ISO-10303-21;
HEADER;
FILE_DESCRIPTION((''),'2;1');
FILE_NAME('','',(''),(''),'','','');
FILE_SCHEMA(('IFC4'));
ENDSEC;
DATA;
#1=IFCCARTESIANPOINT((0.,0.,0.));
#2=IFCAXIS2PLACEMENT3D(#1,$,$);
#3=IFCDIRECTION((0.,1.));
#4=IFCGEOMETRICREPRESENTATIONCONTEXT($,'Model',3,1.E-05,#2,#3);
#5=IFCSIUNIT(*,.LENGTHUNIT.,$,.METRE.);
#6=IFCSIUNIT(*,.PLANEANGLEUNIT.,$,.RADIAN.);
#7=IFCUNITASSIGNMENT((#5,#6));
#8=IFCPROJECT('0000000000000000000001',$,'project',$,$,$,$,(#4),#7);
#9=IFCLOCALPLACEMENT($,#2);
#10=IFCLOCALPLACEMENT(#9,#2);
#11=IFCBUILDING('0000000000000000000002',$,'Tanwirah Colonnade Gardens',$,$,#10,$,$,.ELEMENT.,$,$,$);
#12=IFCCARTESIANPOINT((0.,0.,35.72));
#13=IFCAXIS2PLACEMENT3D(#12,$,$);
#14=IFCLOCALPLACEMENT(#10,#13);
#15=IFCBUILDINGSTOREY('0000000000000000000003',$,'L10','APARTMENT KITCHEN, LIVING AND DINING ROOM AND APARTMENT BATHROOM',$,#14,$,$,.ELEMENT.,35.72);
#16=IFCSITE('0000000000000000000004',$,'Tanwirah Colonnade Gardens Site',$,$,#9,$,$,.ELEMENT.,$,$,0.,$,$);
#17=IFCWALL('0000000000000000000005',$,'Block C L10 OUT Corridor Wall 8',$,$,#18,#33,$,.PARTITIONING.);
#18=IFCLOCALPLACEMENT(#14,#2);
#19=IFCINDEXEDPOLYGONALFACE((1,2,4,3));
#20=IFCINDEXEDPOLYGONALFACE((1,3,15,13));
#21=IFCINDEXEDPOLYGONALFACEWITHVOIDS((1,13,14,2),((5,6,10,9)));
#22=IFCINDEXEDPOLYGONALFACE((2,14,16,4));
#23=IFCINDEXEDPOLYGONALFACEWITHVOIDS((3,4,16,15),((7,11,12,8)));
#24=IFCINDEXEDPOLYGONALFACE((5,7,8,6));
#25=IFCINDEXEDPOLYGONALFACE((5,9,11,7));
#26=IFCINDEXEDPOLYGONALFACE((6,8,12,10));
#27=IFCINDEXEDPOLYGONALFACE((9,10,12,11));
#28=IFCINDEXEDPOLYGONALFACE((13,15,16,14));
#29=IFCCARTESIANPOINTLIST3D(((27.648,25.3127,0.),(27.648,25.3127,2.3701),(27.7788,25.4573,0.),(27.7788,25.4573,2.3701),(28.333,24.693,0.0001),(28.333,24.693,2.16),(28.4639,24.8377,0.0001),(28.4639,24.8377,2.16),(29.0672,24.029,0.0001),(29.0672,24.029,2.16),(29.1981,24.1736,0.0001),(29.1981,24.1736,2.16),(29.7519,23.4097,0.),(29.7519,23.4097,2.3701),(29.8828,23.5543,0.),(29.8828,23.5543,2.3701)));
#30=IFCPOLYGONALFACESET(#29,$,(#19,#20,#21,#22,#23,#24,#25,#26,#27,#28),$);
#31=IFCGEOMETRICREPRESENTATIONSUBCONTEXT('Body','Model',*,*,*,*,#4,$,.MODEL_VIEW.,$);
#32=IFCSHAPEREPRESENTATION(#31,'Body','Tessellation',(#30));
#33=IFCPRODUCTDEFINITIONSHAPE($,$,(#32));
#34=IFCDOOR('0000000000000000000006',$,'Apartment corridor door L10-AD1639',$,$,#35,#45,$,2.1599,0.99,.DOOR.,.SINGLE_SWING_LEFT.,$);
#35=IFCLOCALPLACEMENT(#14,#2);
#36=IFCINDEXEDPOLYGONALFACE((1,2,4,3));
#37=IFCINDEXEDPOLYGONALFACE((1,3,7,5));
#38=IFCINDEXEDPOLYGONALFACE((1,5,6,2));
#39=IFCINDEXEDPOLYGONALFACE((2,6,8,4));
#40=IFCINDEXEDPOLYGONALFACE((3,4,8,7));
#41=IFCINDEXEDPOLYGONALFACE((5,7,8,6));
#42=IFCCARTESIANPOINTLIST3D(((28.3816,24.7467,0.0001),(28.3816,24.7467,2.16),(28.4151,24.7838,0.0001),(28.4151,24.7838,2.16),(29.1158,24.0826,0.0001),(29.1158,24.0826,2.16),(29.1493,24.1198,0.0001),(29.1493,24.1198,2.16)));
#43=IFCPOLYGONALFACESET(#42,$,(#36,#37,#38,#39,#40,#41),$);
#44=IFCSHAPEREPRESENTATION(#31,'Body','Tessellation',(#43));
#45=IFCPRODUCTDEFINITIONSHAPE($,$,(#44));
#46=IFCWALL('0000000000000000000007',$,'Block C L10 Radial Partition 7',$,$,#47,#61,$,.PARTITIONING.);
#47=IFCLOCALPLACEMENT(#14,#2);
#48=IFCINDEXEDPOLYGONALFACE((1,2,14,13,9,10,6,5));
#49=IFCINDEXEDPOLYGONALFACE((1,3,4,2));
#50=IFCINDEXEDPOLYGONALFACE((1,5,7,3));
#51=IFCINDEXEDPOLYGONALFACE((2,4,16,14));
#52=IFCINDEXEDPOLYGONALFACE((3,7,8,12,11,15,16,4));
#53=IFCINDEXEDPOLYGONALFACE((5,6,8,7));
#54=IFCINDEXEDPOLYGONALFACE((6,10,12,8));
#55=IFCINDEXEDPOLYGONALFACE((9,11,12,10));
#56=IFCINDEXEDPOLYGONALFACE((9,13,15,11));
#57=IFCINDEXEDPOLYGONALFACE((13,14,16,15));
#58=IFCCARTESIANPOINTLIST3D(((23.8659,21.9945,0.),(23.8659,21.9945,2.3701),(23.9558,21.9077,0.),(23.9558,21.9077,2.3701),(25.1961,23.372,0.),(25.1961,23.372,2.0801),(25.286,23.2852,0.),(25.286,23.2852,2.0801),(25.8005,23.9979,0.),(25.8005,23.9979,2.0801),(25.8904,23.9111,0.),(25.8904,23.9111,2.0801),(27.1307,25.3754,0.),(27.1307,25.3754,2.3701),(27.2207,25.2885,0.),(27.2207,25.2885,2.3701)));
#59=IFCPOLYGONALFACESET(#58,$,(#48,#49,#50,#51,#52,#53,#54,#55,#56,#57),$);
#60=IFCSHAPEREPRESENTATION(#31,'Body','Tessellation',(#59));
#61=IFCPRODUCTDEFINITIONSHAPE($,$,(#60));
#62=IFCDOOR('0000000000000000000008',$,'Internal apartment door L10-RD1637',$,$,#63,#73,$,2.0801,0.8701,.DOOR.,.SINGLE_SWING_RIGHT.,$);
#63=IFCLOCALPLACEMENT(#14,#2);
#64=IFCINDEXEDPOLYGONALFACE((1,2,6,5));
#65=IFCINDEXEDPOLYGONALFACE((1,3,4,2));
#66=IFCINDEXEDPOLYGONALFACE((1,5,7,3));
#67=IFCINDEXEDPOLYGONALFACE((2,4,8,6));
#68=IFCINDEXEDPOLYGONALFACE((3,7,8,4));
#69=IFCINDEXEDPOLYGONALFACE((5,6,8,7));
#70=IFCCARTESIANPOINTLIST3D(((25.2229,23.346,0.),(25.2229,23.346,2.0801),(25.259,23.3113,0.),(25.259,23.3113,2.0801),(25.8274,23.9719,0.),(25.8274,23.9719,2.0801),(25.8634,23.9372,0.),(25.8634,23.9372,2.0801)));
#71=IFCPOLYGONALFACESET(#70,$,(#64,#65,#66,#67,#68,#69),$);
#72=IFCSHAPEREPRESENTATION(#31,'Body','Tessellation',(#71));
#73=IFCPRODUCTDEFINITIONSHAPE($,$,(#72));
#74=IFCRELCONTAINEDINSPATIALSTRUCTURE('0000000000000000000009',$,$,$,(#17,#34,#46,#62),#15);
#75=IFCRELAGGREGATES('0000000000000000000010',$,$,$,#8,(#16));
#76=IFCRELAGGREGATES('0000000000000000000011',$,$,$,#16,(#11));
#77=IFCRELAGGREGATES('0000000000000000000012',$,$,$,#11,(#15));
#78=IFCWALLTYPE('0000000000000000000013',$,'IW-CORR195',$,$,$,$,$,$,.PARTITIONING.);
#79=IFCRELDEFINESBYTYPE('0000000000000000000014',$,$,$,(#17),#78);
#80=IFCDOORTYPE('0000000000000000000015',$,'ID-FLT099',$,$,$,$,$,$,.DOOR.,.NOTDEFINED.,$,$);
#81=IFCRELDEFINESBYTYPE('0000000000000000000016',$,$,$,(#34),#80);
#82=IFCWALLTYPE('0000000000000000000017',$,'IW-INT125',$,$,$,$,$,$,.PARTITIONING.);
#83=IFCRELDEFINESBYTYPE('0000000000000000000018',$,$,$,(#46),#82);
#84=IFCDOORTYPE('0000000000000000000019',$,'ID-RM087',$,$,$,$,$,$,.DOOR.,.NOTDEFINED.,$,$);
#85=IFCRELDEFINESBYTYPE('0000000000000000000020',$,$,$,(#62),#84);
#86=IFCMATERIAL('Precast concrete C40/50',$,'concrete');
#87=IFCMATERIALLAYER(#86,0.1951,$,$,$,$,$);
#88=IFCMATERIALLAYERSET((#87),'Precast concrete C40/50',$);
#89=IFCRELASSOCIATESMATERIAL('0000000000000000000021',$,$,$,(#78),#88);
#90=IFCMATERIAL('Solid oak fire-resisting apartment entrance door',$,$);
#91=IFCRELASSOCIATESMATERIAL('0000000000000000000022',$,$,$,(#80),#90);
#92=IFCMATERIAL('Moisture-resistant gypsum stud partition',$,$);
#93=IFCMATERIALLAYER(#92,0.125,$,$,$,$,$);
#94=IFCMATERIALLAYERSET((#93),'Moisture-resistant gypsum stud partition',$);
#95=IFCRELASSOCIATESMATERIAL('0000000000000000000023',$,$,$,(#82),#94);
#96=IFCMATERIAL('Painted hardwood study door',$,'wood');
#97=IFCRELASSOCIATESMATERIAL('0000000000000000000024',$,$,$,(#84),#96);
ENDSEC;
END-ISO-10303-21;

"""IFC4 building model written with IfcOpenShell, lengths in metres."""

from ifc_helpers import new_model, si_unit, direction, frame, frame_2d, origin, place, context, subcontext, project, spatial, rectangle, extrude, material, layer, layer_set, type_object, element, fill, save


model = new_model("IFC4")

# Units and contexts
model_context = context("Model", 3, precision=1e-05, world=origin(), true_north=direction((0.0, 1.0)))
body_context = subcontext(model_context, "Body", "Model", "MODEL_VIEW")
ifc_project = project(units=[si_unit("LENGTHUNIT", "METRE"), si_unit("PLANEANGLEUNIT", "RADIAN")], contexts=[model_context])

# Site, building, storey
site_placement = place(None, origin())
site = spatial("IfcSite", under=ifc_project, at=site_placement, Name="Tanwirah Colonnade Gardens Site", CompositionType="ELEMENT", RefElevation=0.0)
building_placement = place(site_placement, origin())
building = spatial("IfcBuilding", under=site, at=building_placement, Name="Tanwirah Colonnade Gardens", CompositionType="ELEMENT")
storey_placement = place(building_placement, frame((0.0, 0.0, 35.72)))
storey = spatial("IfcBuildingStorey", under=building, at=storey_placement, Name="L10", Description="APARTMENT KITCHEN, LIVING AND DINING ROOM AND APARTMENT BATHROOM", CompositionType="ELEMENT", Elevation=35.72)

# Shared definitions
ifc_material_1 = material(Name="Precast concrete C40/50", Category="concrete")

# Walls, openings, doors
ifc_layer_1 = layer(ifc_material_1, 0.1951)
ifc_layer_set_1 = layer_set([ifc_layer_1], Name="Precast concrete C40/50")
wall_type_1 = type_object("IfcWallType", Name="IW-CORR195", PredefinedType="PARTITIONING", material=ifc_layer_set_1)
wall_1_placement = place(storey_placement, frame((27.7134, 25.385, 0.0), z_axis=(0.0, 0.0, 1.0), x_axis=(0.741632, -0.670807, 0.0)))
wall_1 = element("IfcWall", 1, at=wall_1_placement, inside=storey, type_object=wall_type_1, Name="Block C L10 OUT Corridor Wall 8", PredefinedType="PARTITIONING", context=body_context, shape_type="SweptSolid", body=[
    extrude(rectangle(XDim=2.8369, YDim=0.1951, at=frame_2d((1.4185, 0.0))), origin(), (0.0, 0.0, 1.0), 2.3701),
])
opening_1_placement = place(wall_1_placement, frame((0.9236, 0.0, 0.0)))
opening_1 = element("IfcOpeningElement", 2, at=opening_1_placement, cuts=wall_1, PredefinedType="OPENING", context=body_context, shape_type="SweptSolid", body=[
    extrude(rectangle(XDim=0.99, YDim=2.1599, at=frame_2d((0.4951, 1.0801))), frame((0.0, 0.1074, 0.0), z_axis=(0.0, -1.0, 0.0), x_axis=(1.0, 0.0, 0.0)), (0.0, 0.0, 1.0), 0.2151),
])
ifc_material_2 = material(Name="Solid oak fire-resisting apartment entrance door")
door_type_1 = type_object("IfcDoorType", Name="ID-FLT099", OperationType="NOTDEFINED", PredefinedType="DOOR", material=ifc_material_2)
door_1_placement = place(opening_1_placement, origin())
door_1 = element("IfcDoor", 3, at=door_1_placement, inside=storey, type_object=door_type_1, Name="Apartment corridor door L10-AD1639", OperationType="SINGLE_SWING_LEFT", OverallHeight=2.1599, OverallWidth=0.99, PredefinedType="DOOR", context=body_context, shape_type="SweptSolid", body=[
    extrude(rectangle(XDim=0.99, YDim=2.1599, at=frame_2d((0.4951, 1.0801))), frame((0.0, 0.0249, 0.0), z_axis=(0.0, -1.0, 0.0), x_axis=(1.0, 0.0, 0.0)), (0.0, 0.0, 1.0), 0.05),
])
fill(opening_1, door_1)
ifc_material_3 = material(Name="Moisture-resistant gypsum stud partition")
ifc_layer_2 = layer(ifc_material_3, 0.125)
ifc_layer_set_2 = layer_set([ifc_layer_2], Name="Moisture-resistant gypsum stud partition")
wall_type_2 = type_object("IfcWallType", Name="IW-INT125", PredefinedType="PARTITIONING", material=ifc_layer_set_2)
wall_2_placement = place(storey_placement, frame((27.1758, 25.332, 0.0), z_axis=(0.0, 0.0, 1.0), x_axis=(-0.694662, -0.719336, 0.0)))
wall_2 = element("IfcWall", 4, at=wall_2_placement, inside=storey, type_object=wall_type_2, Name="Block C L10 Radial Partition 7", PredefinedType="PARTITIONING", context=body_context, shape_type="SweptSolid", body=[
    extrude(rectangle(XDim=4.7, YDim=0.125, at=frame_2d((2.3501, 0.0))), origin(), (0.0, 0.0, 1.0), 2.3701),
])
opening_2_placement = place(wall_2_placement, frame((1.915, 0.0, 0.0)))
opening_2 = element("IfcOpeningElement", 5, at=opening_2_placement, cuts=wall_2, PredefinedType="OPENING", context=body_context, shape_type="SweptSolid", body=[
    extrude(rectangle(XDim=0.8701, YDim=2.0801, at=frame_2d((0.4351, 1.04))), frame((0.0, 0.0725, 0.0), z_axis=(0.0, -1.0, 0.0), x_axis=(1.0, 0.0, 0.0)), (0.0, 0.0, 1.0), 0.145),
])
ifc_material_4 = material(Name="Painted hardwood study door", Category="wood")
door_type_2 = type_object("IfcDoorType", Name="ID-RM087", OperationType="NOTDEFINED", PredefinedType="DOOR", material=ifc_material_4)
door_2_placement = place(opening_2_placement, origin())
door_2 = element("IfcDoor", 6, at=door_2_placement, inside=storey, type_object=door_type_2, Name="Internal apartment door L10-RD1637", OperationType="SINGLE_SWING_RIGHT", OverallHeight=2.0801, OverallWidth=0.8701, PredefinedType="DOOR", context=body_context, shape_type="SweptSolid", body=[
    extrude(rectangle(XDim=0.8701, YDim=2.0801, at=frame_2d((0.4351, 1.04))), frame((0.0, 0.0249, 0.0), z_axis=(0.0, -1.0, 0.0), x_axis=(1.0, 0.0, 0.0)), (0.0, 0.0, 1.0), 0.05),
])
fill(opening_2, door_2)

save(model, "model.ifc")
